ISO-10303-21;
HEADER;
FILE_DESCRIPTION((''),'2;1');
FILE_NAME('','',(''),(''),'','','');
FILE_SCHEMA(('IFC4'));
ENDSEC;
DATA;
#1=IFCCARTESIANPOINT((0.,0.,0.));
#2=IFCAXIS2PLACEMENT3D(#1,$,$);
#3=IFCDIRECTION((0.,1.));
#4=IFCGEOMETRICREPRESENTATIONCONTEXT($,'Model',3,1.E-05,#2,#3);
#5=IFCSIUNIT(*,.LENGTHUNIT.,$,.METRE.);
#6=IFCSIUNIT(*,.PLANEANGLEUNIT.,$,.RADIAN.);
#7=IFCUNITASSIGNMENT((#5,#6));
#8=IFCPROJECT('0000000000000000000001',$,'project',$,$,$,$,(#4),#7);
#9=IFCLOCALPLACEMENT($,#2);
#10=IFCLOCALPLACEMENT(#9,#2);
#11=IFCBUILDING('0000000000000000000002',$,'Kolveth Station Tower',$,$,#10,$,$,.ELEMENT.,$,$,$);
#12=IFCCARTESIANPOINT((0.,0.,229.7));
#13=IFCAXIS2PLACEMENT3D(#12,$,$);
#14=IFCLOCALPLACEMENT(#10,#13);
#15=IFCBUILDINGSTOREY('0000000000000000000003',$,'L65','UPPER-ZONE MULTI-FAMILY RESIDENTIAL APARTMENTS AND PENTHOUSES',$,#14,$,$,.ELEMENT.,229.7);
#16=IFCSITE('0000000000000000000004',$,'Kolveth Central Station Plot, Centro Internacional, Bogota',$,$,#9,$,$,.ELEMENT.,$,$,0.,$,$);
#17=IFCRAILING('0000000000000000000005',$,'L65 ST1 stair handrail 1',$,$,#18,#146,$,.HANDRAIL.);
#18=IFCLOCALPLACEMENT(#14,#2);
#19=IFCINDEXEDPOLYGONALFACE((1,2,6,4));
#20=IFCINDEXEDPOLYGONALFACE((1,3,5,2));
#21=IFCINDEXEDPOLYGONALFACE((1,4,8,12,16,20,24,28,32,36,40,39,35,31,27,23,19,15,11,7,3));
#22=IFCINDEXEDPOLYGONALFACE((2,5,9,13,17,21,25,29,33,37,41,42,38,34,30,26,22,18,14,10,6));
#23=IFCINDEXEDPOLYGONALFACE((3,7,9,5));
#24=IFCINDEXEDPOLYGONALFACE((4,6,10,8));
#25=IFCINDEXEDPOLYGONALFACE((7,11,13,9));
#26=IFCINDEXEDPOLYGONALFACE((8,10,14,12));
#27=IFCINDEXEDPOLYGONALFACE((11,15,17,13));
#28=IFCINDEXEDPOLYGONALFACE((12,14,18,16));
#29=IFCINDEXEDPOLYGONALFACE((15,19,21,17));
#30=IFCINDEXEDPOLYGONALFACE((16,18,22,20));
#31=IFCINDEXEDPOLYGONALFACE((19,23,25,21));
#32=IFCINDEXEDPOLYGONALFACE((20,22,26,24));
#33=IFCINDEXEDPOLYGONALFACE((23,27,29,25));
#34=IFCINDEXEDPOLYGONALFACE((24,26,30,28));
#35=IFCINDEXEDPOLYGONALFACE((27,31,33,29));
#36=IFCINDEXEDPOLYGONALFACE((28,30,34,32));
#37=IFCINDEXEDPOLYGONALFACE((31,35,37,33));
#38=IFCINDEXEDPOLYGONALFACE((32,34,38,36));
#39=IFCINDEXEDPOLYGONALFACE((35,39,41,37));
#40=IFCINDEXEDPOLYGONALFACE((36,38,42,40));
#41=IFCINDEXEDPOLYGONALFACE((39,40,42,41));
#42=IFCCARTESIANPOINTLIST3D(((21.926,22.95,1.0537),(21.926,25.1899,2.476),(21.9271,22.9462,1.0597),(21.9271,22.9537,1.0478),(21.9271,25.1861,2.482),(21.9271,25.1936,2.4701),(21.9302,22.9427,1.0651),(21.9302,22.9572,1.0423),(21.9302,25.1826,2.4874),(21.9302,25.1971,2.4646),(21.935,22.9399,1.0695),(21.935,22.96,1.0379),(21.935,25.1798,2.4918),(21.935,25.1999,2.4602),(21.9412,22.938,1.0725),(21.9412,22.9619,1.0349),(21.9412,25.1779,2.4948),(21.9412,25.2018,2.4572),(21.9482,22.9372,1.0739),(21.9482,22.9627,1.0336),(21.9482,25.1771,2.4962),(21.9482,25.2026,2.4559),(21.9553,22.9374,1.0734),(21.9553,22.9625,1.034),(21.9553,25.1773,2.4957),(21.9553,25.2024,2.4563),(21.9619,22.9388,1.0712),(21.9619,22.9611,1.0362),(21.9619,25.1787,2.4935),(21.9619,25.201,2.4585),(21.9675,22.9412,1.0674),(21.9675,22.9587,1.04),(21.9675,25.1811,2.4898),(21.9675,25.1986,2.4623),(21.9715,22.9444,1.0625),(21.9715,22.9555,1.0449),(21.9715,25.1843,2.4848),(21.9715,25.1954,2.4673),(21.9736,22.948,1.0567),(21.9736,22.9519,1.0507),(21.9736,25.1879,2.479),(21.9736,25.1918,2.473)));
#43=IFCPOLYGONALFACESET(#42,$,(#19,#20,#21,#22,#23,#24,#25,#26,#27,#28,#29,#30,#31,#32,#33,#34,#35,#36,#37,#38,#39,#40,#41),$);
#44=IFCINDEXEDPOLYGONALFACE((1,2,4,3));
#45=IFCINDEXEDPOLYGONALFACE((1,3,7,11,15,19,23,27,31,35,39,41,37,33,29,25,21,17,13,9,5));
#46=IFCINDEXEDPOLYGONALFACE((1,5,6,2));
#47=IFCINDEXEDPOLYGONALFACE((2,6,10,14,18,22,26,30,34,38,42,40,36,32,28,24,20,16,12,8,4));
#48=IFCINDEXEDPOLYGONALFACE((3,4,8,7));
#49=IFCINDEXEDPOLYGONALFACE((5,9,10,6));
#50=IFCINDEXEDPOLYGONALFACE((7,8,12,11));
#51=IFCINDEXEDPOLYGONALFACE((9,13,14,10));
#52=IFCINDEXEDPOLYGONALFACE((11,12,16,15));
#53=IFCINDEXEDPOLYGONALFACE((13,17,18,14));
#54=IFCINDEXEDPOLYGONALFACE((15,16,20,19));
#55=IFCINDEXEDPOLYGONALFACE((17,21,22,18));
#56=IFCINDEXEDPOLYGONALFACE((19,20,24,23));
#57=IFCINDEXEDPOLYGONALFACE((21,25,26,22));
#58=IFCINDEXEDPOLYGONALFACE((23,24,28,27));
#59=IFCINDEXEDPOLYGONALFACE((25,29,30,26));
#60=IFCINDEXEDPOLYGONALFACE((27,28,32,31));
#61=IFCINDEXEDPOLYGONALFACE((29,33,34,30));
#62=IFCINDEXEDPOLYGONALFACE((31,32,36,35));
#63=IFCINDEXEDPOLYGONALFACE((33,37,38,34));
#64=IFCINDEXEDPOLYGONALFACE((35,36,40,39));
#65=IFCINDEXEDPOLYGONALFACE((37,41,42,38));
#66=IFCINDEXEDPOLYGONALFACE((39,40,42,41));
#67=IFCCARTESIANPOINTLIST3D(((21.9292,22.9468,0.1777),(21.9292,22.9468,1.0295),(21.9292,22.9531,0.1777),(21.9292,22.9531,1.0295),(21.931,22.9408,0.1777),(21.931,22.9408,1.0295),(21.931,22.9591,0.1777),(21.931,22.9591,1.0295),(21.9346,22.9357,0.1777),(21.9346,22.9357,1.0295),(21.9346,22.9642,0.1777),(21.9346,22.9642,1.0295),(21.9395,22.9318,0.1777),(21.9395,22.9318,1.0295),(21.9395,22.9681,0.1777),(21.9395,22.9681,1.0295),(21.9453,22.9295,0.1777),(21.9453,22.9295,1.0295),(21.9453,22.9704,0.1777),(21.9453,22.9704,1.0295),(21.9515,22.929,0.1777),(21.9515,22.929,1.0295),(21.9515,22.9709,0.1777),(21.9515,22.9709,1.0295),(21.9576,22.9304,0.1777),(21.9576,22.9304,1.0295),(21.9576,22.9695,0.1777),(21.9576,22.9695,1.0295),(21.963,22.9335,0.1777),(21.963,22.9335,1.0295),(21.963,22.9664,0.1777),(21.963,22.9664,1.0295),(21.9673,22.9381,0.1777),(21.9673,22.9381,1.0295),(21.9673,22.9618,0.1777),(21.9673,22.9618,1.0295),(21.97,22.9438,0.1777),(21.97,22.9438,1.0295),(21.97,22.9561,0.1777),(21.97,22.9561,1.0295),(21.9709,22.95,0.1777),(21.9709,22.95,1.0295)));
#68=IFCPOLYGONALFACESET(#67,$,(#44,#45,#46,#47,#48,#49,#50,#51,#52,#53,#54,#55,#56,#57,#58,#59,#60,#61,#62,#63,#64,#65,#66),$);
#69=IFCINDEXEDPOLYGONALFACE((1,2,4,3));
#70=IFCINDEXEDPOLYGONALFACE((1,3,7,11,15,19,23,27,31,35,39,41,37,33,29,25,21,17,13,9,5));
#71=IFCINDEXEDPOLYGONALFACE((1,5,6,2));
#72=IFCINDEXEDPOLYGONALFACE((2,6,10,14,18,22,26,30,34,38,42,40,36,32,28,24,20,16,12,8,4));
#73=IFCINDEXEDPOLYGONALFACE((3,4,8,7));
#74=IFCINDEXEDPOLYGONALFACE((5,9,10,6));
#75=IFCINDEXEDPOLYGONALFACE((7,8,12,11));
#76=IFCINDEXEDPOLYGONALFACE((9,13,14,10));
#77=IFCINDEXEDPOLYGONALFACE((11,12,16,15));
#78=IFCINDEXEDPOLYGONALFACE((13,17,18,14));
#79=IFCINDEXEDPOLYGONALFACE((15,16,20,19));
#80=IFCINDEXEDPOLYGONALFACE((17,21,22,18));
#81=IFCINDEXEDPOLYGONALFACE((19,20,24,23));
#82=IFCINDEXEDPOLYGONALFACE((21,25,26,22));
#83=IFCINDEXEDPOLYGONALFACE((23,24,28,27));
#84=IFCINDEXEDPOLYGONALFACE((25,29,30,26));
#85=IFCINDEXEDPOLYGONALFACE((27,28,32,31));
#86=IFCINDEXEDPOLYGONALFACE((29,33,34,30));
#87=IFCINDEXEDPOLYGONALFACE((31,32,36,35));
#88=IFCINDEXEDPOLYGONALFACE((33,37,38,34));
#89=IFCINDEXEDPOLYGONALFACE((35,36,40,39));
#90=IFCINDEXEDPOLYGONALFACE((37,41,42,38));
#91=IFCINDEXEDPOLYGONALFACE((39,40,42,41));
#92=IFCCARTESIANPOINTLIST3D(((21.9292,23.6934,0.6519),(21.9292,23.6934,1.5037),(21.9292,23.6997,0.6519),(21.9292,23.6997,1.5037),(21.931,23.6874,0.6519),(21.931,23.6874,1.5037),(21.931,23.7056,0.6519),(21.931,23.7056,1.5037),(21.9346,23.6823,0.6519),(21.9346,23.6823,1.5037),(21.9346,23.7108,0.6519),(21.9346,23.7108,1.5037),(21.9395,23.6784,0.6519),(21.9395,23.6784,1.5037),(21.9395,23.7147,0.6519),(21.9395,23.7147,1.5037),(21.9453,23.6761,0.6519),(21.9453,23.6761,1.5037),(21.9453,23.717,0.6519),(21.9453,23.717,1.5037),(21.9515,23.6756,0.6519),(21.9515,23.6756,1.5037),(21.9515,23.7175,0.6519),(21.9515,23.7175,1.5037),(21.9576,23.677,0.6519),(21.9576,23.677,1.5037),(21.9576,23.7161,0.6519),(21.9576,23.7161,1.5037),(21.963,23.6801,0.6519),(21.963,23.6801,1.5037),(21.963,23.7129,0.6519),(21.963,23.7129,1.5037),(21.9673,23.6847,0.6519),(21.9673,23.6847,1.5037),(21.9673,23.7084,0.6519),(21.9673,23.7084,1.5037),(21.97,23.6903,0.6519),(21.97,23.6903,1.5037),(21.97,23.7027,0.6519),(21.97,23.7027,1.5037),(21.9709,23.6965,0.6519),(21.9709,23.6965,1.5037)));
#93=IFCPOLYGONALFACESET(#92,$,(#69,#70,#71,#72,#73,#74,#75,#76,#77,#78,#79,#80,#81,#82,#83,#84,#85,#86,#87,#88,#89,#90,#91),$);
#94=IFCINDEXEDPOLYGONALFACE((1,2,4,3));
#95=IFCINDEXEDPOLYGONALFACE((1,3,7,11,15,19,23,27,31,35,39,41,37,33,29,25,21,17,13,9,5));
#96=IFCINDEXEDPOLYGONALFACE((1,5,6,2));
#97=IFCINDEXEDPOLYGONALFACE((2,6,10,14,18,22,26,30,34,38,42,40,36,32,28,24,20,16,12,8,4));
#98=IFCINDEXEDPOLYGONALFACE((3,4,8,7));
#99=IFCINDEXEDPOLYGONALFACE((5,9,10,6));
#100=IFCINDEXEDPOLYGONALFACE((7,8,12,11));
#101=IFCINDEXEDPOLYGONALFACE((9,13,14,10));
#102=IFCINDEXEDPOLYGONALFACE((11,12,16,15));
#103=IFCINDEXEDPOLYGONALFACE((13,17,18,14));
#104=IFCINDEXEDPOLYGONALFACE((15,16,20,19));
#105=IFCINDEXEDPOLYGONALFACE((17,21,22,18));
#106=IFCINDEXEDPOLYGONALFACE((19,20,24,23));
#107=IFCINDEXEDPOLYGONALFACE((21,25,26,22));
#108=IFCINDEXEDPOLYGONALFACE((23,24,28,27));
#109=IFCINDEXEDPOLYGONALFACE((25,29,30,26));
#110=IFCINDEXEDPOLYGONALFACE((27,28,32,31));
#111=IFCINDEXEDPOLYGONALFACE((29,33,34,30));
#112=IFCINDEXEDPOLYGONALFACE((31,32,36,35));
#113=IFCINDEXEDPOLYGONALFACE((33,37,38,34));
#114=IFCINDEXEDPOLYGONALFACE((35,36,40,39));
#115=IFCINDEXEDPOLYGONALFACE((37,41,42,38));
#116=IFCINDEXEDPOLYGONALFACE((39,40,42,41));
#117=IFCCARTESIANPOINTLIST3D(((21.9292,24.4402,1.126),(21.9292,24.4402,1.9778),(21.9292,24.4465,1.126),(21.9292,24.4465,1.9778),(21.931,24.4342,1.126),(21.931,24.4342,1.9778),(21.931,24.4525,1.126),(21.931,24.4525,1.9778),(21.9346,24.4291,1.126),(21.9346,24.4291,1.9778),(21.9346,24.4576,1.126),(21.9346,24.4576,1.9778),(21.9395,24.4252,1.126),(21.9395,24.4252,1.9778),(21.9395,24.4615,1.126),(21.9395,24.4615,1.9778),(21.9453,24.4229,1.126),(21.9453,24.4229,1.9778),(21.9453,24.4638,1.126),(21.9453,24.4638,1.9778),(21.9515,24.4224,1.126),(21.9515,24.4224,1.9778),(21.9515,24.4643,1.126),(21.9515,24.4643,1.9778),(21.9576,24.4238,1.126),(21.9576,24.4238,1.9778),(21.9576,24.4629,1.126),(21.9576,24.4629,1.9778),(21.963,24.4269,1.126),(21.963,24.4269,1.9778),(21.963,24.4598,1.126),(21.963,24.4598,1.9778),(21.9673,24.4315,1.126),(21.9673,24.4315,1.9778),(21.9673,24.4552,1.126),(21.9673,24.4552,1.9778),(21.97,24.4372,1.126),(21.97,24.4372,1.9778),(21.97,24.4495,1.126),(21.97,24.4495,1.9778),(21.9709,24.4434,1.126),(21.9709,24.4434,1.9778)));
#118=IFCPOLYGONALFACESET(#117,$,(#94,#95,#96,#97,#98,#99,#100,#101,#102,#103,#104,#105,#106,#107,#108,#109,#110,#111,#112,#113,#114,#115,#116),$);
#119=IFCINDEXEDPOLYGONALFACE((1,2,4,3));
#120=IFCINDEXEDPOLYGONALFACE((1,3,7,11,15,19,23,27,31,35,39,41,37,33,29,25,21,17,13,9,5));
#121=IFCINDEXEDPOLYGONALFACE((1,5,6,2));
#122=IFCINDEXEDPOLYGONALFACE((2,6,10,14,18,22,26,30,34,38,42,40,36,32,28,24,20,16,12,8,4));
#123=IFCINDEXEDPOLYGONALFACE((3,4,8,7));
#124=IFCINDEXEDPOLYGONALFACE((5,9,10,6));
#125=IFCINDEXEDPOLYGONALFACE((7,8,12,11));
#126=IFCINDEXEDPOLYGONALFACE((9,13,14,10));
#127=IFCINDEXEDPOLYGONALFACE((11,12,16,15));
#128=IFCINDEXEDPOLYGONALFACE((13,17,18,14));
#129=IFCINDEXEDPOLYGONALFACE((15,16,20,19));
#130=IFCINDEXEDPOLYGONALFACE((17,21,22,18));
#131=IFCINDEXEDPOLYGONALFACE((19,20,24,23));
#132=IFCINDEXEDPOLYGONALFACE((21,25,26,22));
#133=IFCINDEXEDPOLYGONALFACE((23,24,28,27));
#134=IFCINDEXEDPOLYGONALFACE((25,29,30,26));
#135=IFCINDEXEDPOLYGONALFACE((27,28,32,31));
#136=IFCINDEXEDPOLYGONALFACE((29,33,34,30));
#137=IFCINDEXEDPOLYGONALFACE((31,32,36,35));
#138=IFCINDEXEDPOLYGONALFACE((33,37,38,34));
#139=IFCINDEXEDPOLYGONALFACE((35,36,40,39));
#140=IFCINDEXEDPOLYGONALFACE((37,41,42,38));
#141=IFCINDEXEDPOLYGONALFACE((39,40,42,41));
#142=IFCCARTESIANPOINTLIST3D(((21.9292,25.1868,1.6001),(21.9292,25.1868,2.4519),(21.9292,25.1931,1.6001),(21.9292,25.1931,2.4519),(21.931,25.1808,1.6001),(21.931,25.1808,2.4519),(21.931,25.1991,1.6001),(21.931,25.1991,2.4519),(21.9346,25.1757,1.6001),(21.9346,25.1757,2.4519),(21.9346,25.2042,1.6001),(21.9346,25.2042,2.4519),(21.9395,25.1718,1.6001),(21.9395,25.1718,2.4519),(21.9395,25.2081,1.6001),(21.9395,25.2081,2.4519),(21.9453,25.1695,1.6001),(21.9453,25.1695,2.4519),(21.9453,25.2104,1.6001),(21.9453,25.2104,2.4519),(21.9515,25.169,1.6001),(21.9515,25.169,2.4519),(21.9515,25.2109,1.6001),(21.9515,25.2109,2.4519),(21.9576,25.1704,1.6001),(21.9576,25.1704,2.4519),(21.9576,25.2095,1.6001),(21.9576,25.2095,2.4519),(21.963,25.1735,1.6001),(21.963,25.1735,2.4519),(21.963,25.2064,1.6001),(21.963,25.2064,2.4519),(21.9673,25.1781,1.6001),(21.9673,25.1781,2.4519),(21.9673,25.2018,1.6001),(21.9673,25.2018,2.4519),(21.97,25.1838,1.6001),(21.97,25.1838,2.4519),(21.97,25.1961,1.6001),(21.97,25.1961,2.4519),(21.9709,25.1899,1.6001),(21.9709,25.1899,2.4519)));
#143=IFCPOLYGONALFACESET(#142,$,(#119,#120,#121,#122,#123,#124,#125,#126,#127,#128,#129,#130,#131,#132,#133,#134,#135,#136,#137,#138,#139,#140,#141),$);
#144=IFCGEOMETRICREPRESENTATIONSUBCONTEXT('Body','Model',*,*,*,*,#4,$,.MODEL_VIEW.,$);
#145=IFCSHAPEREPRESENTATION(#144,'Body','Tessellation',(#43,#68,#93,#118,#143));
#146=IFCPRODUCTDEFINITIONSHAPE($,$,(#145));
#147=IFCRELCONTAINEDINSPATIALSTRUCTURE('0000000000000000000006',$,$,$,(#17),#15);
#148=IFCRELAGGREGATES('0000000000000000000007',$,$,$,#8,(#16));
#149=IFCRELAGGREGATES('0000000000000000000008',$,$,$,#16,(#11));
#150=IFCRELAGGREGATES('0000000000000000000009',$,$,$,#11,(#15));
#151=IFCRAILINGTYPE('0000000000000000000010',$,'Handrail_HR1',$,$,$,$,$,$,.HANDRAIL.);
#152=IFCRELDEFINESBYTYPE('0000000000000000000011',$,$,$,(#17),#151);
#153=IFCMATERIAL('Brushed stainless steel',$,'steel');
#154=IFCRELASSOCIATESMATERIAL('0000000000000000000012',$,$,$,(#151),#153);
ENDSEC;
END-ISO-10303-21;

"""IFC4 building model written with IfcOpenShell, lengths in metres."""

from ifc_helpers import new_model, si_unit, direction, frame, origin, origin_2d, place, context, subcontext, project, spatial, circle, extrude, material, type_object, element, save


model = new_model("IFC4")

# Units and contexts
model_context = context("Model", 3, precision=1e-05, world=origin(), true_north=direction((0.0, 1.0)))
body_context = subcontext(model_context, "Body", "Model", "MODEL_VIEW")
ifc_project = project(units=[si_unit("LENGTHUNIT", "METRE"), si_unit("PLANEANGLEUNIT", "RADIAN")], contexts=[model_context])

# Site, building, storey
site_placement = place(None, origin())
site = spatial("IfcSite", under=ifc_project, at=site_placement, Name="Kolveth Central Station Plot, Centro Internacional, Bogota", CompositionType="ELEMENT", RefElevation=0.0)
building_placement = place(site_placement, origin())
building = spatial("IfcBuilding", under=site, at=building_placement, Name="Kolveth Station Tower", CompositionType="ELEMENT")
storey_placement = place(building_placement, frame((0.0, 0.0, 229.7)))
storey = spatial("IfcBuildingStorey", under=building, at=storey_placement, Name="L65", Description="UPPER-ZONE MULTI-FAMILY RESIDENTIAL APARTMENTS AND PENTHOUSES", CompositionType="ELEMENT", Elevation=229.7)

# Railing
ifc_material_1 = material(Name="Brushed stainless steel", Category="steel")
railing_type_1 = type_object("IfcRailingType", Name="Handrail_HR1", PredefinedType="HANDRAIL", material=ifc_material_1)
for number, where, name in (
    (1, (21.95, 22.95, 0.1777), "L65 ST1 stair handrail 1"),
):
    element("IfcRailing", number, at=place(storey_placement, frame(where)), inside=storey, type_object=railing_type_1, Name=name, PredefinedType="HANDRAIL", context=body_context, shape_type="SweptSolid", body=[
        extrude(circle(Radius=0.0239, at=origin_2d()), frame((0.0, 0.0, 0.876), z_axis=(0.0, 0.844188, 0.536048), x_axis=(-1.0, 0.0, 0.0)), (0.0, 0.0, 1.0), 2.6533),
        extrude(circle(Radius=0.021, at=origin_2d()), origin(), (0.0, 0.0, 1.0), 0.8518),
        extrude(circle(Radius=0.021, at=origin_2d()), frame((0.0, 0.7466, 0.4741)), (0.0, 0.0, 1.0), 0.8518),
        extrude(circle(Radius=0.021, at=origin_2d()), frame((0.0, 1.4934, 0.9482)), (0.0, 0.0, 1.0), 0.8518),
        extrude(circle(Radius=0.021, at=origin_2d()), frame((0.0, 2.24, 1.4224)), (0.0, 0.0, 1.0), 0.8518),
    ])

save(model, "model.ifc")
